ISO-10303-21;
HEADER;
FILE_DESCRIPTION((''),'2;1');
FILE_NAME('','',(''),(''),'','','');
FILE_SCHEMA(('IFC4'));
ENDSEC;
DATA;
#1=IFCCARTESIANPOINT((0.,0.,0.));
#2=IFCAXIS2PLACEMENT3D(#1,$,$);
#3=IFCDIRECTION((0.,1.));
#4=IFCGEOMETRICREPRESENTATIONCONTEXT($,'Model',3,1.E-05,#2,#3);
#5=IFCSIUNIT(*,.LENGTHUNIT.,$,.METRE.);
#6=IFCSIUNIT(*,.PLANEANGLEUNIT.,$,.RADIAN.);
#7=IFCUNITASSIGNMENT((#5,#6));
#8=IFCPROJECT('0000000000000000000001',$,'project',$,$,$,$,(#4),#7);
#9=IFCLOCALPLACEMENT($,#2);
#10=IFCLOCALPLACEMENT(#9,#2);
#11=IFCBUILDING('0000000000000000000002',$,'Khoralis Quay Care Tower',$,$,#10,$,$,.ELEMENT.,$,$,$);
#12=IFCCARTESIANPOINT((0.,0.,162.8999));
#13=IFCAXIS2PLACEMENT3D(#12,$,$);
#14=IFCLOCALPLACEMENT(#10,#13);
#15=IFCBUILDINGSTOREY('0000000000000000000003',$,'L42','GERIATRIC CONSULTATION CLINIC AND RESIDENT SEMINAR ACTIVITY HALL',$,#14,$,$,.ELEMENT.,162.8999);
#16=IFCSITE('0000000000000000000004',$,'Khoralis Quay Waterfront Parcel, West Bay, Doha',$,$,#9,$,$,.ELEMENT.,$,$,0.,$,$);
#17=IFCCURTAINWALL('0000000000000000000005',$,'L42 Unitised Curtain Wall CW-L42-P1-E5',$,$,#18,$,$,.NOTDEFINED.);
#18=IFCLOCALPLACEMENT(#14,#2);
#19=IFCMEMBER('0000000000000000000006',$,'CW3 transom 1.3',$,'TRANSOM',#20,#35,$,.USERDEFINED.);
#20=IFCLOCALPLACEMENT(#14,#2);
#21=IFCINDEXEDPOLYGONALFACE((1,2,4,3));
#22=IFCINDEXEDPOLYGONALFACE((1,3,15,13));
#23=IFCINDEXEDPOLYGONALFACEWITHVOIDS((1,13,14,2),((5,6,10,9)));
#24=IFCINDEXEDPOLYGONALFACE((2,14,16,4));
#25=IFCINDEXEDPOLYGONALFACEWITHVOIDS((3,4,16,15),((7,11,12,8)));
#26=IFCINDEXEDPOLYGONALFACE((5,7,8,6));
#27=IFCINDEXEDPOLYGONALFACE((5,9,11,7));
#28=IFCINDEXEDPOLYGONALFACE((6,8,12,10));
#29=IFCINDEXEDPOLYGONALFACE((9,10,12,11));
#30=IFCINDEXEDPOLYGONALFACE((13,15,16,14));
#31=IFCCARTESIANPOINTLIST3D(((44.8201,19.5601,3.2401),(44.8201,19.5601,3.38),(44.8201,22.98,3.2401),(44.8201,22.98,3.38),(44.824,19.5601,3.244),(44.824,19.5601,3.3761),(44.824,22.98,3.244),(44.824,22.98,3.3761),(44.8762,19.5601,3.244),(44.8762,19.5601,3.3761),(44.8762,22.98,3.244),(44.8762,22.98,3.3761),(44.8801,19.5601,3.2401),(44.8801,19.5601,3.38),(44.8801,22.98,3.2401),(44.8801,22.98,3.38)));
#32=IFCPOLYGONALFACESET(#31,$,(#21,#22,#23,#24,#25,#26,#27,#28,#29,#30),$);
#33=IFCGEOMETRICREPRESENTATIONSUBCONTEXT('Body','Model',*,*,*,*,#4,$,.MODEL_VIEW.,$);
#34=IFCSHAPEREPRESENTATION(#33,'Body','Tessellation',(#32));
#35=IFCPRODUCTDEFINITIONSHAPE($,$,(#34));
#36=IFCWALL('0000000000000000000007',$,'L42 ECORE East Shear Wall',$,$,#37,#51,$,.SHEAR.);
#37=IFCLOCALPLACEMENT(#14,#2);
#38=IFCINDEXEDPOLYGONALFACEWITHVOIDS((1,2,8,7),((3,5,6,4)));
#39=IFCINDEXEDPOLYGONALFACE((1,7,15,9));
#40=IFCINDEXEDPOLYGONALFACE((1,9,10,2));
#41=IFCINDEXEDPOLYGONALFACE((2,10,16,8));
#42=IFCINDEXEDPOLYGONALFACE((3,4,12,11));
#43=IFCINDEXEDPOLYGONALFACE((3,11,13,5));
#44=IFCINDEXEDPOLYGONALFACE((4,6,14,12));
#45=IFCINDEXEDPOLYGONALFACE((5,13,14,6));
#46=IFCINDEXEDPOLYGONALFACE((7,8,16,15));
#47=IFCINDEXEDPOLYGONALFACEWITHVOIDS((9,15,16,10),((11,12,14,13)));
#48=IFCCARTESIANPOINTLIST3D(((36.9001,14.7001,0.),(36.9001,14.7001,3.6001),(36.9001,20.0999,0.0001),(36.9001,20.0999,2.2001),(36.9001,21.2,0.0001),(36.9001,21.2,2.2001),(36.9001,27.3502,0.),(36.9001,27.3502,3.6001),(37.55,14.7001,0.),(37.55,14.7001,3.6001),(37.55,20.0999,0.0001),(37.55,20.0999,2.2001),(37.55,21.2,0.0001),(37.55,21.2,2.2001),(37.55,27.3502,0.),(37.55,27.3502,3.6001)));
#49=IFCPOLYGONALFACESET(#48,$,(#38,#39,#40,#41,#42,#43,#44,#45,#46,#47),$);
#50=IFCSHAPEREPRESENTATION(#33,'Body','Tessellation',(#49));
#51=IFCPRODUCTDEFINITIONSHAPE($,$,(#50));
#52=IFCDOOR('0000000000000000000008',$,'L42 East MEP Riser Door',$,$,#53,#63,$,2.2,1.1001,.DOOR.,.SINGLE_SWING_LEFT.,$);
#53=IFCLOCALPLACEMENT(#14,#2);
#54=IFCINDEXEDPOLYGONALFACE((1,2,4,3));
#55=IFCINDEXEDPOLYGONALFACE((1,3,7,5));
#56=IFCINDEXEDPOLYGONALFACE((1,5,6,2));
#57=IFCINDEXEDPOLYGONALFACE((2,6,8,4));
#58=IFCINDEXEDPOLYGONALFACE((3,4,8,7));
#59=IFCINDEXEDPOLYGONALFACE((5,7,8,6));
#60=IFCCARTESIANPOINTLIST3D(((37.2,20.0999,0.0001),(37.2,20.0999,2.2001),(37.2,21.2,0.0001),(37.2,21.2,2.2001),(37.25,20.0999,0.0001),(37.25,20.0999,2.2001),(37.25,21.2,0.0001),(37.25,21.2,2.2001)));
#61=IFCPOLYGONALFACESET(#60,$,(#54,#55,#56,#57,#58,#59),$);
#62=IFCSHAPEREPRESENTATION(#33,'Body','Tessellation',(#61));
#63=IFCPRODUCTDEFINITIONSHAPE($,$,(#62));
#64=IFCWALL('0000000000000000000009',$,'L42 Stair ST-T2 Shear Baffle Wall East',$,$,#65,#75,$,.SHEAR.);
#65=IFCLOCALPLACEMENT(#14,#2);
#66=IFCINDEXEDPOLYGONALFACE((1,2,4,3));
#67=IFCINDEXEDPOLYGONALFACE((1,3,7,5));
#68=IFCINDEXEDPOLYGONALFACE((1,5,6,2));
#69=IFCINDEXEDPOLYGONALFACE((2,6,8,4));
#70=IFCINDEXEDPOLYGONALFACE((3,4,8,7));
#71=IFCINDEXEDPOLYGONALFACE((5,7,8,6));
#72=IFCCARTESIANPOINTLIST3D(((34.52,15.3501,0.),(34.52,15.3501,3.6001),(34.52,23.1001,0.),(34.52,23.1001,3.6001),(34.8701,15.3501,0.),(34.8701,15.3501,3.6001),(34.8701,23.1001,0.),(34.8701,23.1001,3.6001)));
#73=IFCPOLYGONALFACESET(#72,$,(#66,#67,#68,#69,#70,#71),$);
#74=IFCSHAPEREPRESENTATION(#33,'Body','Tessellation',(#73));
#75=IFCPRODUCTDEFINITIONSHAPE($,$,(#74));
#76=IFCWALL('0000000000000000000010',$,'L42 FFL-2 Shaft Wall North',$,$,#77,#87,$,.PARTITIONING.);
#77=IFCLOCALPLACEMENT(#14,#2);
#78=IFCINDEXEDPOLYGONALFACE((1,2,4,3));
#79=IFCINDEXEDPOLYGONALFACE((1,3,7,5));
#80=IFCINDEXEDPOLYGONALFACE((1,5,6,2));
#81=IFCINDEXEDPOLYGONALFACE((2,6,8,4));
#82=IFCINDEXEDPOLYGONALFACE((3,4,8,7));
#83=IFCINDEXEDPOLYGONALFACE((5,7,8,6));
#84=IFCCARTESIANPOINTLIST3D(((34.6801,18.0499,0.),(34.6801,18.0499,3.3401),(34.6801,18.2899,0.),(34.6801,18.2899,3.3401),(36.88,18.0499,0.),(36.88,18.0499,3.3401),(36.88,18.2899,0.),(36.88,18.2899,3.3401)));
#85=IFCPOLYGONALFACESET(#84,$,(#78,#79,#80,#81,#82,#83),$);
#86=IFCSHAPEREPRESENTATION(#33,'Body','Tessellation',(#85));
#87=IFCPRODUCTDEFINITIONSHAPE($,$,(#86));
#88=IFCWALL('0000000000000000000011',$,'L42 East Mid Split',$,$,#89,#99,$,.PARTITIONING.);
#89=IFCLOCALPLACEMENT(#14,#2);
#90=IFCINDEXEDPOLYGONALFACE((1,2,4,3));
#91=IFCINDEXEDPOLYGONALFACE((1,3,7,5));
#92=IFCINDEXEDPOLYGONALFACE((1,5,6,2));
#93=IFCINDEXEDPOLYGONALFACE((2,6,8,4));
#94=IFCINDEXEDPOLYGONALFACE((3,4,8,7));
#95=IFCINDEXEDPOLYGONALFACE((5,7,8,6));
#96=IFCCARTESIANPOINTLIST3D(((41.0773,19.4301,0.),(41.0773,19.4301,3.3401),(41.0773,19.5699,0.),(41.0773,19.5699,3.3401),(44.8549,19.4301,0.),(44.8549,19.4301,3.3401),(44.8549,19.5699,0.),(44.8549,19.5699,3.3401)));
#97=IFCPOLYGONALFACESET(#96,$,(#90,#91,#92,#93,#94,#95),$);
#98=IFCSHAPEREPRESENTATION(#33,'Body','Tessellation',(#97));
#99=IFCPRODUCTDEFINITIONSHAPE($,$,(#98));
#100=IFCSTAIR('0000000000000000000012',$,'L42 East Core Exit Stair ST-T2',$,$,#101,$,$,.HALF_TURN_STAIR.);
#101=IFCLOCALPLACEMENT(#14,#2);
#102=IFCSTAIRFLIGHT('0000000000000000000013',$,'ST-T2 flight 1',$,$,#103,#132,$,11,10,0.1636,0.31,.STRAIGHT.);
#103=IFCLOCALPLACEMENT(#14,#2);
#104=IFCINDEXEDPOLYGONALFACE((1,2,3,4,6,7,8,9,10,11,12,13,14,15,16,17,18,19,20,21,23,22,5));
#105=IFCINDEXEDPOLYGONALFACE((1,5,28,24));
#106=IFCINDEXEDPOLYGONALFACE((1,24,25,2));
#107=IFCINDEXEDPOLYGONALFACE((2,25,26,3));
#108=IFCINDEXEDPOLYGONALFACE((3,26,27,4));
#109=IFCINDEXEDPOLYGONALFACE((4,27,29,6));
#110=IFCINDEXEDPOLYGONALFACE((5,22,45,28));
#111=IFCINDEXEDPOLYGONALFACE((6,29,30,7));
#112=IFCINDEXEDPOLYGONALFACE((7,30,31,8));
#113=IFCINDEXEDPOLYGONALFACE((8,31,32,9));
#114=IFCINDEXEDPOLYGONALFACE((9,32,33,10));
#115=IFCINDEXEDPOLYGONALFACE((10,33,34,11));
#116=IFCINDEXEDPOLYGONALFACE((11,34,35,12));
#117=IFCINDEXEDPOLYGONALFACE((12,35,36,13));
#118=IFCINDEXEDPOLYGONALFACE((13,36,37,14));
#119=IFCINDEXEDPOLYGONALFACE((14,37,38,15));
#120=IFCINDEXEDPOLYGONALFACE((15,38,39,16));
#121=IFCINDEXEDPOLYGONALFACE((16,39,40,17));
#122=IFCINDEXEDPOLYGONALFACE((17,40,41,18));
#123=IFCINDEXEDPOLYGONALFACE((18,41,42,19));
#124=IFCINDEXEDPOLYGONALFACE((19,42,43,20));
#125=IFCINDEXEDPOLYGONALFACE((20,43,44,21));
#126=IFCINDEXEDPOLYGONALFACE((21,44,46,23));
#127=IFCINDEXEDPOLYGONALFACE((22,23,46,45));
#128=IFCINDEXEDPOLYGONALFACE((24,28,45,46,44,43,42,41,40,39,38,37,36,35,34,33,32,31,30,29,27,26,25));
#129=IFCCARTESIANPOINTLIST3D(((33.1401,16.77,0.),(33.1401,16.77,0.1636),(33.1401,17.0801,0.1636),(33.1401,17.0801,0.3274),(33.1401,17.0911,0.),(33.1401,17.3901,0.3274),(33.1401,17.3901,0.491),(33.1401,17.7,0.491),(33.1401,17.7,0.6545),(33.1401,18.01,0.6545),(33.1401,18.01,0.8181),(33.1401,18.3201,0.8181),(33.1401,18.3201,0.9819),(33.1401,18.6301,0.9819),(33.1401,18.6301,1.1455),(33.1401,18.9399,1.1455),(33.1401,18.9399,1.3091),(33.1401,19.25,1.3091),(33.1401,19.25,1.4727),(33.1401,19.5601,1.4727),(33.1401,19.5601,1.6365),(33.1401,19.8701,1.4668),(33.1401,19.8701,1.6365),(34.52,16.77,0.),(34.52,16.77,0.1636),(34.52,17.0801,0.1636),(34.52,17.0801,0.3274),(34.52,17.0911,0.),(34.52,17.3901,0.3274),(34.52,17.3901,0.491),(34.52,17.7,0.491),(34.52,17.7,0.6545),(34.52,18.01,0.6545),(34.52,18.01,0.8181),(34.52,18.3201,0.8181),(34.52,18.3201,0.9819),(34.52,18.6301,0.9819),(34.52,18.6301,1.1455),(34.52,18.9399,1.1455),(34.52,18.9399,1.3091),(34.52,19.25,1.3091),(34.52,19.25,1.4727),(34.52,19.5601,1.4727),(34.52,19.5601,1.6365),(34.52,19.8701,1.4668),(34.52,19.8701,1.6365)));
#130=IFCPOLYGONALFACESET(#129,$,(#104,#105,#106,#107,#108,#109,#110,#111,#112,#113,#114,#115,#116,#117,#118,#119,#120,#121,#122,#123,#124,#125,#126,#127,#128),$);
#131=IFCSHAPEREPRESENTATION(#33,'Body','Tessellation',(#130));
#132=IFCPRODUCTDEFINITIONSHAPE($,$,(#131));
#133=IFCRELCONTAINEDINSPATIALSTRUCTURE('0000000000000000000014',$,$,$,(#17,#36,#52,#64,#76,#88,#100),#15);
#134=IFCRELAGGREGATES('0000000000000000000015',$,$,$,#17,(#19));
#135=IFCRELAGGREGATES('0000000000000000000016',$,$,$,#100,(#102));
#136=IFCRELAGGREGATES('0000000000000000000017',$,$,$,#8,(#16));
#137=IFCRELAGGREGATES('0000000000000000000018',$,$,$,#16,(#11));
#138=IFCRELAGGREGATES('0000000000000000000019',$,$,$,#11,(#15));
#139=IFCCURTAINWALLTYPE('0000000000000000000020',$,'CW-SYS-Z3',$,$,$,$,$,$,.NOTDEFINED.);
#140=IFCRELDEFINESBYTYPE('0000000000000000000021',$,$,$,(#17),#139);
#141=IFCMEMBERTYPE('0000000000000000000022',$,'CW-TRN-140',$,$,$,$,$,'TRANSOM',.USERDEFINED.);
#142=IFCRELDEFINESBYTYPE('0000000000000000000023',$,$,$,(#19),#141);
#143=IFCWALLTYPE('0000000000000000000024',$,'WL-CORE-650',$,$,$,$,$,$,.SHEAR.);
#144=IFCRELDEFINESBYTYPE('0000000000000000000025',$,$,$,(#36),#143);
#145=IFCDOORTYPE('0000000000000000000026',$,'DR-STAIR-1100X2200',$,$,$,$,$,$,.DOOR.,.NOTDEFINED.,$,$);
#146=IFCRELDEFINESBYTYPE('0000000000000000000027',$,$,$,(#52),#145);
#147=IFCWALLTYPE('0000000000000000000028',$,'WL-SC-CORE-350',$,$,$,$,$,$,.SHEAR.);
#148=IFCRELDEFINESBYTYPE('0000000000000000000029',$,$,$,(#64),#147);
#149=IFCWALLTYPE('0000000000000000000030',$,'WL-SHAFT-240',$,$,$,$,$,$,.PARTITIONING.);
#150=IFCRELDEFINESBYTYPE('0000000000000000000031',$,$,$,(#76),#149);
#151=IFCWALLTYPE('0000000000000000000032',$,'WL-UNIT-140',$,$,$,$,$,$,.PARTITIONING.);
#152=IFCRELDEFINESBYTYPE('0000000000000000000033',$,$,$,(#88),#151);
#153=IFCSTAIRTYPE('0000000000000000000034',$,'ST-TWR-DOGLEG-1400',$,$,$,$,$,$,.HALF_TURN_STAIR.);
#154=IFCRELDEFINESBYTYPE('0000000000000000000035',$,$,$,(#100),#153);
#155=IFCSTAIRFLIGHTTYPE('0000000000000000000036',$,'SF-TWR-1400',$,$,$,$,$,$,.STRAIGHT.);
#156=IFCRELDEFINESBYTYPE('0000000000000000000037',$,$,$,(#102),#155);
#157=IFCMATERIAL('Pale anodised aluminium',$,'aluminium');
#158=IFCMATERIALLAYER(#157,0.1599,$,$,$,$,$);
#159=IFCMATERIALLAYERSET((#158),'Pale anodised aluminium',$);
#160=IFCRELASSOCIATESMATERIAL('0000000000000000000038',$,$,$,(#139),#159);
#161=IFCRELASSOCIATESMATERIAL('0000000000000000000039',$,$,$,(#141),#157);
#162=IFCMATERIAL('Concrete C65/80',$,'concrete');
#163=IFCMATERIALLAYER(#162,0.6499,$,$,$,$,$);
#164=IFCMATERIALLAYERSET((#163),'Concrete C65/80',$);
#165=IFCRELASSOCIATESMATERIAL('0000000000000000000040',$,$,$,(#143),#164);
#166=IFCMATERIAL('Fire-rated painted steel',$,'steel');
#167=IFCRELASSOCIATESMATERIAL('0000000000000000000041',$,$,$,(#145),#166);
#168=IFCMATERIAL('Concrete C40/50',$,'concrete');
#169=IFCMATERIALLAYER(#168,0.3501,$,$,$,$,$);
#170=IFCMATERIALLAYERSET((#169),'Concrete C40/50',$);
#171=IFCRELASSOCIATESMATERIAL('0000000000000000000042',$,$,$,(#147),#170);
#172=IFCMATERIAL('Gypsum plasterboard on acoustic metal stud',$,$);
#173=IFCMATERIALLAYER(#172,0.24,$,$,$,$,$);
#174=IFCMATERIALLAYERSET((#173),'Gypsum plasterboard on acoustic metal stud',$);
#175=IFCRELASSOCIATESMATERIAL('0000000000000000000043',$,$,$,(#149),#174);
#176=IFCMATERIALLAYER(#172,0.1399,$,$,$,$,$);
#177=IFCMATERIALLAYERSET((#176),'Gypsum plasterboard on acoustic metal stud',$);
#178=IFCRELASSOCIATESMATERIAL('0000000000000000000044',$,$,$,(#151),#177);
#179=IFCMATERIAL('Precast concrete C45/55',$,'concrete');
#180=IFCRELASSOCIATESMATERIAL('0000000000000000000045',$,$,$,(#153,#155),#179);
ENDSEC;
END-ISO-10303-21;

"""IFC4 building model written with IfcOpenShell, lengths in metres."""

from ifc_helpers import new_model, si_unit, direction, frame, frame_2d, origin, origin_2d, place, context, subcontext, project, spatial, polyline, rectangle, hollow_rectangle, outline, extrude, source, transform, mapped, material, layer, layer_set, material_profile, profile_set, type_object, element, fill, aggregate, save


model = new_model("IFC4")

# Units and contexts
model_context = context("Model", 3, precision=1e-05, world=origin(), true_north=direction((0.0, 1.0)))
body_context = subcontext(model_context, "Body", "Model", "MODEL_VIEW")
ifc_project = project(units=[si_unit("LENGTHUNIT", "METRE"), si_unit("PLANEANGLEUNIT", "RADIAN")], contexts=[model_context])

# Site, building, storey
site_placement = place(None, origin())
site = spatial("IfcSite", under=ifc_project, at=site_placement, Name="Khoralis Quay Waterfront Parcel, West Bay, Doha", CompositionType="ELEMENT", RefElevation=0.0)
building_placement = place(site_placement, origin())
building = spatial("IfcBuilding", under=site, at=building_placement, Name="Khoralis Quay Care Tower", CompositionType="ELEMENT")
storey_placement = place(building_placement, frame((0.0, 0.0, 162.8999)))
storey = spatial("IfcBuildingStorey", under=building, at=storey_placement, Name="L42", Description="GERIATRIC CONSULTATION CLINIC AND RESIDENT SEMINAR ACTIVITY HALL", CompositionType="ELEMENT", Elevation=162.8999)

# Shared definitions
ifc_material_1 = material(Name="Concrete C65/80", Category="concrete")

# Curtain wall, member
ifc_material_2 = material(Name="Pale anodised aluminium", Category="aluminium")
ifc_layer_1 = layer(ifc_material_2, 0.1599)
ifc_layer_set_1 = layer_set([ifc_layer_1], Name="Pale anodised aluminium")
curtain_wall_type = type_object("IfcCurtainWallType", Name="CW-SYS-Z3", PredefinedType="NOTDEFINED", material=ifc_layer_set_1)
curtain_wall_placement = place(storey_placement, origin())
curtain_wall = element("IfcCurtainWall", 1, at=curtain_wall_placement, inside=storey, type_object=curtain_wall_type, Name="L42 Unitised Curtain Wall CW-L42-P1-E5", PredefinedType="NOTDEFINED")
ifc_material_profile_1 = material_profile(ifc_material_2, hollow_rectangle(XDim=0.0601, YDim=0.1399, WallThickness=0.0039, at=origin_2d()), Name="Pale anodised aluminium")
ifc_profile_set_1 = profile_set([ifc_material_profile_1], Name="Pale anodised aluminium")
member_type_1 = type_object("IfcMemberType", Name="CW-TRN-140", ElementType="TRANSOM", PredefinedType="USERDEFINED", material=ifc_profile_set_1)
shared_shape_1 = source(origin(), body_context, "Body", "SweptSolid", [
    extrude(hollow_rectangle(XDim=0.0601, YDim=0.1399, WallThickness=0.0039, at=origin_2d()), origin(), (0.0, 0.0, 1.0), 3.4199),
])
member_1_placement = place(storey_placement, frame((44.8501, 19.5601, 3.3101), z_axis=(0.0, 1.0, 0.0), x_axis=(-1.0, 0.0, 0.0)))
member_1 = element("IfcMember", 2, at=member_1_placement, type_object=member_type_1, Name="CW3 transom 1.3", ObjectType="TRANSOM", PredefinedType="USERDEFINED", context=body_context, shape_type="MappedRepresentation", body=[
    mapped(shared_shape_1, transform((0.0, 0.0, 0.0), scale=1.0)),
])
aggregate(curtain_wall, [member_1])

# Wall, opening, door
ifc_layer_2 = layer(ifc_material_1, 0.6499)
ifc_layer_set_2 = layer_set([ifc_layer_2], Name="Concrete C65/80")
wall_type_1 = type_object("IfcWallType", Name="WL-CORE-650", PredefinedType="SHEAR", material=ifc_layer_set_2)
wall_1_placement = place(storey_placement, frame((37.2251, 14.7, 0.0), z_axis=(0.0, 0.0, 1.0), x_axis=(0.0, 1.0, 0.0)))
wall_1 = element("IfcWall", 3, at=wall_1_placement, inside=storey, type_object=wall_type_1, Name="L42 ECORE East Shear Wall", PredefinedType="SHEAR", context=body_context, shape_type="SweptSolid", body=[
    extrude(rectangle(XDim=12.6501, YDim=0.6499, at=frame_2d((6.3252, 0.0))), origin(), (0.0, 0.0, 1.0), 3.6001),
])
opening_placement = place(wall_1_placement, frame((5.3999, 0.0, 0.0)))
opening = element("IfcOpeningElement", 4, at=opening_placement, cuts=wall_1, PredefinedType="OPENING", context=body_context, shape_type="SweptSolid", body=[
    extrude(rectangle(XDim=1.1001, YDim=2.2, at=frame_2d((0.55, 1.1001))), frame((0.0, 0.335, 0.0), z_axis=(0.0, -1.0, 0.0), x_axis=(1.0, 0.0, 0.0)), (0.0, 0.0, 1.0), 0.6699),
])
ifc_material_3 = material(Name="Fire-rated painted steel", Category="steel")
door_type = type_object("IfcDoorType", Name="DR-STAIR-1100X2200", OperationType="NOTDEFINED", PredefinedType="DOOR", material=ifc_material_3)
shared_shape_2 = source(origin(), body_context, "Body", "SweptSolid", [
    extrude(rectangle(XDim=1.1001, YDim=2.2, at=frame_2d((0.55, 1.1001))), frame((0.0, 0.0249, 0.0), z_axis=(0.0, -1.0, 0.0), x_axis=(1.0, 0.0, 0.0)), (0.0, 0.0, 1.0), 0.05),
])
door_placement = place(opening_placement, frame((1.1001, 0.0, 0.0), z_axis=(0.0, 0.0, 1.0), x_axis=(-1.0, 0.0, 0.0)))
door = element("IfcDoor", 5, at=door_placement, inside=storey, type_object=door_type, Name="L42 East MEP Riser Door", OperationType="SINGLE_SWING_LEFT", OverallHeight=2.2, OverallWidth=1.1001, PredefinedType="DOOR", context=body_context, shape_type="MappedRepresentation", body=[
    mapped(shared_shape_2, transform((0.0, 0.0, 0.0), scale=1.0)),
])
fill(opening, door)

# Walls
ifc_material_4 = material(Name="Concrete C40/50", Category="concrete")
ifc_layer_3 = layer(ifc_material_4, 0.3501)
ifc_layer_set_3 = layer_set([ifc_layer_3], Name="Concrete C40/50")
wall_type_2 = type_object("IfcWallType", Name="WL-SC-CORE-350", PredefinedType="SHEAR", material=ifc_layer_set_3)
wall_2_placement = place(storey_placement, frame((34.6951, 15.3501, 0.0), z_axis=(0.0, 0.0, 1.0), x_axis=(0.0, 1.0, 0.0)))
element("IfcWall", 6, at=wall_2_placement, inside=storey, type_object=wall_type_2, Name="L42 Stair ST-T2 Shear Baffle Wall East", PredefinedType="SHEAR", context=body_context, shape_type="SweptSolid", body=[
    extrude(rectangle(XDim=7.75, YDim=0.3501, at=frame_2d((3.875, 0.0))), origin(), (0.0, 0.0, 1.0), 3.6001),
])
ifc_material_5 = material(Name="Gypsum plasterboard on acoustic metal stud")
ifc_layer_4 = layer(ifc_material_5, 0.24)
ifc_layer_set_4 = layer_set([ifc_layer_4], Name="Gypsum plasterboard on acoustic metal stud")
wall_type_3 = type_object("IfcWallType", Name="WL-SHAFT-240", PredefinedType="PARTITIONING", material=ifc_layer_set_4)
wall_3_placement = place(storey_placement, frame((34.6799, 18.1699, 0.0), z_axis=(0.0, 0.0, 1.0), x_axis=(1.0, 0.0, 0.0)))
element("IfcWall", 7, at=wall_3_placement, inside=storey, type_object=wall_type_3, Name="L42 FFL-2 Shaft Wall North", PredefinedType="PARTITIONING", context=body_context, shape_type="SweptSolid", body=[
    extrude(rectangle(XDim=2.2, YDim=0.24, at=frame_2d((1.1001, 0.0))), origin(), (0.0, 0.0, 1.0), 3.3401),
])
ifc_layer_5 = layer(ifc_material_5, 0.1399)
ifc_layer_set_5 = layer_set([ifc_layer_5], Name="Gypsum plasterboard on acoustic metal stud")
wall_type_4 = type_object("IfcWallType", Name="WL-UNIT-140", PredefinedType="PARTITIONING", material=ifc_layer_set_5)
wall_4_placement = place(storey_placement, frame((41.0774, 19.5, 0.0), z_axis=(0.0, 0.0, 1.0), x_axis=(1.0, 0.0, 0.0)))
element("IfcWall", 8, at=wall_4_placement, inside=storey, type_object=wall_type_4, Name="L42 East Mid Split", PredefinedType="PARTITIONING", context=body_context, shape_type="SweptSolid", body=[
    extrude(rectangle(XDim=3.7776, YDim=0.1399, at=frame_2d((1.8887, 0.0))), origin(), (0.0, 0.0, 1.0), 3.3401),
])

# Stair, stair flight
ifc_material_6 = material(Name="Precast concrete C45/55", Category="concrete")
stair_type = type_object("IfcStairType", Name="ST-TWR-DOGLEG-1400", PredefinedType="HALF_TURN_STAIR", material=ifc_material_6)
stair_placement = place(storey_placement, origin())
stair = element("IfcStair", 9, at=stair_placement, inside=storey, type_object=stair_type, Name="L42 East Core Exit Stair ST-T2", PredefinedType="HALF_TURN_STAIR")
stair_flight_type = type_object("IfcStairFlightType", Name="SF-TWR-1400", PredefinedType="STRAIGHT", material=ifc_material_6)
shared_shape_3 = source(origin(), body_context, "Body", "SweptSolid", [
    extrude(outline(polyline([(0.0, 0.0), (0.0, 0.1636), (0.3101, 0.1636), (0.3101, 0.3274), (0.6201, 0.3274), (0.6201, 0.491), (0.9299, 0.491), (0.9299, 0.6545), (1.24, 0.6545), (1.24, 0.8181), (1.55, 0.8181), (1.55, 0.9819), (1.8601, 0.9819), (1.8601, 1.1455), (2.1699, 1.1455), (2.1699, 1.3091), (2.48, 1.3091), (2.48, 1.4727), (2.79, 1.4727), (2.79, 1.6365), (3.1001, 1.6365), (3.1001, 1.8), (3.1001, 1.4668), (0.321, 0.0), (0.0, 0.0)])), frame((0.0, 0.6899, 0.0), z_axis=(0.0, -1.0, 0.0), x_axis=(1.0, 0.0, 0.0)), (0.0, 0.0, 1.0), 1.3799),
])
stair_flight_placement = place(storey_placement, frame((33.8301, 16.77, 0.0), z_axis=(0.0, 0.0, 1.0), x_axis=(0.0, 1.0, 0.0)))
stair_flight = element("IfcStairFlight", 10, at=stair_flight_placement, type_object=stair_flight_type, Name="ST-T2 flight 1", NumberOfRisers=11, NumberOfTreads=10, PredefinedType="STRAIGHT", RiserHeight=0.1636, TreadLength=0.31, context=body_context, shape_type="MappedRepresentation", body=[
    mapped(shared_shape_3, transform((0.0, 0.0, 0.0), scale=1.0)),
])
aggregate(stair, [stair_flight])

save(model, "model.ifc")
